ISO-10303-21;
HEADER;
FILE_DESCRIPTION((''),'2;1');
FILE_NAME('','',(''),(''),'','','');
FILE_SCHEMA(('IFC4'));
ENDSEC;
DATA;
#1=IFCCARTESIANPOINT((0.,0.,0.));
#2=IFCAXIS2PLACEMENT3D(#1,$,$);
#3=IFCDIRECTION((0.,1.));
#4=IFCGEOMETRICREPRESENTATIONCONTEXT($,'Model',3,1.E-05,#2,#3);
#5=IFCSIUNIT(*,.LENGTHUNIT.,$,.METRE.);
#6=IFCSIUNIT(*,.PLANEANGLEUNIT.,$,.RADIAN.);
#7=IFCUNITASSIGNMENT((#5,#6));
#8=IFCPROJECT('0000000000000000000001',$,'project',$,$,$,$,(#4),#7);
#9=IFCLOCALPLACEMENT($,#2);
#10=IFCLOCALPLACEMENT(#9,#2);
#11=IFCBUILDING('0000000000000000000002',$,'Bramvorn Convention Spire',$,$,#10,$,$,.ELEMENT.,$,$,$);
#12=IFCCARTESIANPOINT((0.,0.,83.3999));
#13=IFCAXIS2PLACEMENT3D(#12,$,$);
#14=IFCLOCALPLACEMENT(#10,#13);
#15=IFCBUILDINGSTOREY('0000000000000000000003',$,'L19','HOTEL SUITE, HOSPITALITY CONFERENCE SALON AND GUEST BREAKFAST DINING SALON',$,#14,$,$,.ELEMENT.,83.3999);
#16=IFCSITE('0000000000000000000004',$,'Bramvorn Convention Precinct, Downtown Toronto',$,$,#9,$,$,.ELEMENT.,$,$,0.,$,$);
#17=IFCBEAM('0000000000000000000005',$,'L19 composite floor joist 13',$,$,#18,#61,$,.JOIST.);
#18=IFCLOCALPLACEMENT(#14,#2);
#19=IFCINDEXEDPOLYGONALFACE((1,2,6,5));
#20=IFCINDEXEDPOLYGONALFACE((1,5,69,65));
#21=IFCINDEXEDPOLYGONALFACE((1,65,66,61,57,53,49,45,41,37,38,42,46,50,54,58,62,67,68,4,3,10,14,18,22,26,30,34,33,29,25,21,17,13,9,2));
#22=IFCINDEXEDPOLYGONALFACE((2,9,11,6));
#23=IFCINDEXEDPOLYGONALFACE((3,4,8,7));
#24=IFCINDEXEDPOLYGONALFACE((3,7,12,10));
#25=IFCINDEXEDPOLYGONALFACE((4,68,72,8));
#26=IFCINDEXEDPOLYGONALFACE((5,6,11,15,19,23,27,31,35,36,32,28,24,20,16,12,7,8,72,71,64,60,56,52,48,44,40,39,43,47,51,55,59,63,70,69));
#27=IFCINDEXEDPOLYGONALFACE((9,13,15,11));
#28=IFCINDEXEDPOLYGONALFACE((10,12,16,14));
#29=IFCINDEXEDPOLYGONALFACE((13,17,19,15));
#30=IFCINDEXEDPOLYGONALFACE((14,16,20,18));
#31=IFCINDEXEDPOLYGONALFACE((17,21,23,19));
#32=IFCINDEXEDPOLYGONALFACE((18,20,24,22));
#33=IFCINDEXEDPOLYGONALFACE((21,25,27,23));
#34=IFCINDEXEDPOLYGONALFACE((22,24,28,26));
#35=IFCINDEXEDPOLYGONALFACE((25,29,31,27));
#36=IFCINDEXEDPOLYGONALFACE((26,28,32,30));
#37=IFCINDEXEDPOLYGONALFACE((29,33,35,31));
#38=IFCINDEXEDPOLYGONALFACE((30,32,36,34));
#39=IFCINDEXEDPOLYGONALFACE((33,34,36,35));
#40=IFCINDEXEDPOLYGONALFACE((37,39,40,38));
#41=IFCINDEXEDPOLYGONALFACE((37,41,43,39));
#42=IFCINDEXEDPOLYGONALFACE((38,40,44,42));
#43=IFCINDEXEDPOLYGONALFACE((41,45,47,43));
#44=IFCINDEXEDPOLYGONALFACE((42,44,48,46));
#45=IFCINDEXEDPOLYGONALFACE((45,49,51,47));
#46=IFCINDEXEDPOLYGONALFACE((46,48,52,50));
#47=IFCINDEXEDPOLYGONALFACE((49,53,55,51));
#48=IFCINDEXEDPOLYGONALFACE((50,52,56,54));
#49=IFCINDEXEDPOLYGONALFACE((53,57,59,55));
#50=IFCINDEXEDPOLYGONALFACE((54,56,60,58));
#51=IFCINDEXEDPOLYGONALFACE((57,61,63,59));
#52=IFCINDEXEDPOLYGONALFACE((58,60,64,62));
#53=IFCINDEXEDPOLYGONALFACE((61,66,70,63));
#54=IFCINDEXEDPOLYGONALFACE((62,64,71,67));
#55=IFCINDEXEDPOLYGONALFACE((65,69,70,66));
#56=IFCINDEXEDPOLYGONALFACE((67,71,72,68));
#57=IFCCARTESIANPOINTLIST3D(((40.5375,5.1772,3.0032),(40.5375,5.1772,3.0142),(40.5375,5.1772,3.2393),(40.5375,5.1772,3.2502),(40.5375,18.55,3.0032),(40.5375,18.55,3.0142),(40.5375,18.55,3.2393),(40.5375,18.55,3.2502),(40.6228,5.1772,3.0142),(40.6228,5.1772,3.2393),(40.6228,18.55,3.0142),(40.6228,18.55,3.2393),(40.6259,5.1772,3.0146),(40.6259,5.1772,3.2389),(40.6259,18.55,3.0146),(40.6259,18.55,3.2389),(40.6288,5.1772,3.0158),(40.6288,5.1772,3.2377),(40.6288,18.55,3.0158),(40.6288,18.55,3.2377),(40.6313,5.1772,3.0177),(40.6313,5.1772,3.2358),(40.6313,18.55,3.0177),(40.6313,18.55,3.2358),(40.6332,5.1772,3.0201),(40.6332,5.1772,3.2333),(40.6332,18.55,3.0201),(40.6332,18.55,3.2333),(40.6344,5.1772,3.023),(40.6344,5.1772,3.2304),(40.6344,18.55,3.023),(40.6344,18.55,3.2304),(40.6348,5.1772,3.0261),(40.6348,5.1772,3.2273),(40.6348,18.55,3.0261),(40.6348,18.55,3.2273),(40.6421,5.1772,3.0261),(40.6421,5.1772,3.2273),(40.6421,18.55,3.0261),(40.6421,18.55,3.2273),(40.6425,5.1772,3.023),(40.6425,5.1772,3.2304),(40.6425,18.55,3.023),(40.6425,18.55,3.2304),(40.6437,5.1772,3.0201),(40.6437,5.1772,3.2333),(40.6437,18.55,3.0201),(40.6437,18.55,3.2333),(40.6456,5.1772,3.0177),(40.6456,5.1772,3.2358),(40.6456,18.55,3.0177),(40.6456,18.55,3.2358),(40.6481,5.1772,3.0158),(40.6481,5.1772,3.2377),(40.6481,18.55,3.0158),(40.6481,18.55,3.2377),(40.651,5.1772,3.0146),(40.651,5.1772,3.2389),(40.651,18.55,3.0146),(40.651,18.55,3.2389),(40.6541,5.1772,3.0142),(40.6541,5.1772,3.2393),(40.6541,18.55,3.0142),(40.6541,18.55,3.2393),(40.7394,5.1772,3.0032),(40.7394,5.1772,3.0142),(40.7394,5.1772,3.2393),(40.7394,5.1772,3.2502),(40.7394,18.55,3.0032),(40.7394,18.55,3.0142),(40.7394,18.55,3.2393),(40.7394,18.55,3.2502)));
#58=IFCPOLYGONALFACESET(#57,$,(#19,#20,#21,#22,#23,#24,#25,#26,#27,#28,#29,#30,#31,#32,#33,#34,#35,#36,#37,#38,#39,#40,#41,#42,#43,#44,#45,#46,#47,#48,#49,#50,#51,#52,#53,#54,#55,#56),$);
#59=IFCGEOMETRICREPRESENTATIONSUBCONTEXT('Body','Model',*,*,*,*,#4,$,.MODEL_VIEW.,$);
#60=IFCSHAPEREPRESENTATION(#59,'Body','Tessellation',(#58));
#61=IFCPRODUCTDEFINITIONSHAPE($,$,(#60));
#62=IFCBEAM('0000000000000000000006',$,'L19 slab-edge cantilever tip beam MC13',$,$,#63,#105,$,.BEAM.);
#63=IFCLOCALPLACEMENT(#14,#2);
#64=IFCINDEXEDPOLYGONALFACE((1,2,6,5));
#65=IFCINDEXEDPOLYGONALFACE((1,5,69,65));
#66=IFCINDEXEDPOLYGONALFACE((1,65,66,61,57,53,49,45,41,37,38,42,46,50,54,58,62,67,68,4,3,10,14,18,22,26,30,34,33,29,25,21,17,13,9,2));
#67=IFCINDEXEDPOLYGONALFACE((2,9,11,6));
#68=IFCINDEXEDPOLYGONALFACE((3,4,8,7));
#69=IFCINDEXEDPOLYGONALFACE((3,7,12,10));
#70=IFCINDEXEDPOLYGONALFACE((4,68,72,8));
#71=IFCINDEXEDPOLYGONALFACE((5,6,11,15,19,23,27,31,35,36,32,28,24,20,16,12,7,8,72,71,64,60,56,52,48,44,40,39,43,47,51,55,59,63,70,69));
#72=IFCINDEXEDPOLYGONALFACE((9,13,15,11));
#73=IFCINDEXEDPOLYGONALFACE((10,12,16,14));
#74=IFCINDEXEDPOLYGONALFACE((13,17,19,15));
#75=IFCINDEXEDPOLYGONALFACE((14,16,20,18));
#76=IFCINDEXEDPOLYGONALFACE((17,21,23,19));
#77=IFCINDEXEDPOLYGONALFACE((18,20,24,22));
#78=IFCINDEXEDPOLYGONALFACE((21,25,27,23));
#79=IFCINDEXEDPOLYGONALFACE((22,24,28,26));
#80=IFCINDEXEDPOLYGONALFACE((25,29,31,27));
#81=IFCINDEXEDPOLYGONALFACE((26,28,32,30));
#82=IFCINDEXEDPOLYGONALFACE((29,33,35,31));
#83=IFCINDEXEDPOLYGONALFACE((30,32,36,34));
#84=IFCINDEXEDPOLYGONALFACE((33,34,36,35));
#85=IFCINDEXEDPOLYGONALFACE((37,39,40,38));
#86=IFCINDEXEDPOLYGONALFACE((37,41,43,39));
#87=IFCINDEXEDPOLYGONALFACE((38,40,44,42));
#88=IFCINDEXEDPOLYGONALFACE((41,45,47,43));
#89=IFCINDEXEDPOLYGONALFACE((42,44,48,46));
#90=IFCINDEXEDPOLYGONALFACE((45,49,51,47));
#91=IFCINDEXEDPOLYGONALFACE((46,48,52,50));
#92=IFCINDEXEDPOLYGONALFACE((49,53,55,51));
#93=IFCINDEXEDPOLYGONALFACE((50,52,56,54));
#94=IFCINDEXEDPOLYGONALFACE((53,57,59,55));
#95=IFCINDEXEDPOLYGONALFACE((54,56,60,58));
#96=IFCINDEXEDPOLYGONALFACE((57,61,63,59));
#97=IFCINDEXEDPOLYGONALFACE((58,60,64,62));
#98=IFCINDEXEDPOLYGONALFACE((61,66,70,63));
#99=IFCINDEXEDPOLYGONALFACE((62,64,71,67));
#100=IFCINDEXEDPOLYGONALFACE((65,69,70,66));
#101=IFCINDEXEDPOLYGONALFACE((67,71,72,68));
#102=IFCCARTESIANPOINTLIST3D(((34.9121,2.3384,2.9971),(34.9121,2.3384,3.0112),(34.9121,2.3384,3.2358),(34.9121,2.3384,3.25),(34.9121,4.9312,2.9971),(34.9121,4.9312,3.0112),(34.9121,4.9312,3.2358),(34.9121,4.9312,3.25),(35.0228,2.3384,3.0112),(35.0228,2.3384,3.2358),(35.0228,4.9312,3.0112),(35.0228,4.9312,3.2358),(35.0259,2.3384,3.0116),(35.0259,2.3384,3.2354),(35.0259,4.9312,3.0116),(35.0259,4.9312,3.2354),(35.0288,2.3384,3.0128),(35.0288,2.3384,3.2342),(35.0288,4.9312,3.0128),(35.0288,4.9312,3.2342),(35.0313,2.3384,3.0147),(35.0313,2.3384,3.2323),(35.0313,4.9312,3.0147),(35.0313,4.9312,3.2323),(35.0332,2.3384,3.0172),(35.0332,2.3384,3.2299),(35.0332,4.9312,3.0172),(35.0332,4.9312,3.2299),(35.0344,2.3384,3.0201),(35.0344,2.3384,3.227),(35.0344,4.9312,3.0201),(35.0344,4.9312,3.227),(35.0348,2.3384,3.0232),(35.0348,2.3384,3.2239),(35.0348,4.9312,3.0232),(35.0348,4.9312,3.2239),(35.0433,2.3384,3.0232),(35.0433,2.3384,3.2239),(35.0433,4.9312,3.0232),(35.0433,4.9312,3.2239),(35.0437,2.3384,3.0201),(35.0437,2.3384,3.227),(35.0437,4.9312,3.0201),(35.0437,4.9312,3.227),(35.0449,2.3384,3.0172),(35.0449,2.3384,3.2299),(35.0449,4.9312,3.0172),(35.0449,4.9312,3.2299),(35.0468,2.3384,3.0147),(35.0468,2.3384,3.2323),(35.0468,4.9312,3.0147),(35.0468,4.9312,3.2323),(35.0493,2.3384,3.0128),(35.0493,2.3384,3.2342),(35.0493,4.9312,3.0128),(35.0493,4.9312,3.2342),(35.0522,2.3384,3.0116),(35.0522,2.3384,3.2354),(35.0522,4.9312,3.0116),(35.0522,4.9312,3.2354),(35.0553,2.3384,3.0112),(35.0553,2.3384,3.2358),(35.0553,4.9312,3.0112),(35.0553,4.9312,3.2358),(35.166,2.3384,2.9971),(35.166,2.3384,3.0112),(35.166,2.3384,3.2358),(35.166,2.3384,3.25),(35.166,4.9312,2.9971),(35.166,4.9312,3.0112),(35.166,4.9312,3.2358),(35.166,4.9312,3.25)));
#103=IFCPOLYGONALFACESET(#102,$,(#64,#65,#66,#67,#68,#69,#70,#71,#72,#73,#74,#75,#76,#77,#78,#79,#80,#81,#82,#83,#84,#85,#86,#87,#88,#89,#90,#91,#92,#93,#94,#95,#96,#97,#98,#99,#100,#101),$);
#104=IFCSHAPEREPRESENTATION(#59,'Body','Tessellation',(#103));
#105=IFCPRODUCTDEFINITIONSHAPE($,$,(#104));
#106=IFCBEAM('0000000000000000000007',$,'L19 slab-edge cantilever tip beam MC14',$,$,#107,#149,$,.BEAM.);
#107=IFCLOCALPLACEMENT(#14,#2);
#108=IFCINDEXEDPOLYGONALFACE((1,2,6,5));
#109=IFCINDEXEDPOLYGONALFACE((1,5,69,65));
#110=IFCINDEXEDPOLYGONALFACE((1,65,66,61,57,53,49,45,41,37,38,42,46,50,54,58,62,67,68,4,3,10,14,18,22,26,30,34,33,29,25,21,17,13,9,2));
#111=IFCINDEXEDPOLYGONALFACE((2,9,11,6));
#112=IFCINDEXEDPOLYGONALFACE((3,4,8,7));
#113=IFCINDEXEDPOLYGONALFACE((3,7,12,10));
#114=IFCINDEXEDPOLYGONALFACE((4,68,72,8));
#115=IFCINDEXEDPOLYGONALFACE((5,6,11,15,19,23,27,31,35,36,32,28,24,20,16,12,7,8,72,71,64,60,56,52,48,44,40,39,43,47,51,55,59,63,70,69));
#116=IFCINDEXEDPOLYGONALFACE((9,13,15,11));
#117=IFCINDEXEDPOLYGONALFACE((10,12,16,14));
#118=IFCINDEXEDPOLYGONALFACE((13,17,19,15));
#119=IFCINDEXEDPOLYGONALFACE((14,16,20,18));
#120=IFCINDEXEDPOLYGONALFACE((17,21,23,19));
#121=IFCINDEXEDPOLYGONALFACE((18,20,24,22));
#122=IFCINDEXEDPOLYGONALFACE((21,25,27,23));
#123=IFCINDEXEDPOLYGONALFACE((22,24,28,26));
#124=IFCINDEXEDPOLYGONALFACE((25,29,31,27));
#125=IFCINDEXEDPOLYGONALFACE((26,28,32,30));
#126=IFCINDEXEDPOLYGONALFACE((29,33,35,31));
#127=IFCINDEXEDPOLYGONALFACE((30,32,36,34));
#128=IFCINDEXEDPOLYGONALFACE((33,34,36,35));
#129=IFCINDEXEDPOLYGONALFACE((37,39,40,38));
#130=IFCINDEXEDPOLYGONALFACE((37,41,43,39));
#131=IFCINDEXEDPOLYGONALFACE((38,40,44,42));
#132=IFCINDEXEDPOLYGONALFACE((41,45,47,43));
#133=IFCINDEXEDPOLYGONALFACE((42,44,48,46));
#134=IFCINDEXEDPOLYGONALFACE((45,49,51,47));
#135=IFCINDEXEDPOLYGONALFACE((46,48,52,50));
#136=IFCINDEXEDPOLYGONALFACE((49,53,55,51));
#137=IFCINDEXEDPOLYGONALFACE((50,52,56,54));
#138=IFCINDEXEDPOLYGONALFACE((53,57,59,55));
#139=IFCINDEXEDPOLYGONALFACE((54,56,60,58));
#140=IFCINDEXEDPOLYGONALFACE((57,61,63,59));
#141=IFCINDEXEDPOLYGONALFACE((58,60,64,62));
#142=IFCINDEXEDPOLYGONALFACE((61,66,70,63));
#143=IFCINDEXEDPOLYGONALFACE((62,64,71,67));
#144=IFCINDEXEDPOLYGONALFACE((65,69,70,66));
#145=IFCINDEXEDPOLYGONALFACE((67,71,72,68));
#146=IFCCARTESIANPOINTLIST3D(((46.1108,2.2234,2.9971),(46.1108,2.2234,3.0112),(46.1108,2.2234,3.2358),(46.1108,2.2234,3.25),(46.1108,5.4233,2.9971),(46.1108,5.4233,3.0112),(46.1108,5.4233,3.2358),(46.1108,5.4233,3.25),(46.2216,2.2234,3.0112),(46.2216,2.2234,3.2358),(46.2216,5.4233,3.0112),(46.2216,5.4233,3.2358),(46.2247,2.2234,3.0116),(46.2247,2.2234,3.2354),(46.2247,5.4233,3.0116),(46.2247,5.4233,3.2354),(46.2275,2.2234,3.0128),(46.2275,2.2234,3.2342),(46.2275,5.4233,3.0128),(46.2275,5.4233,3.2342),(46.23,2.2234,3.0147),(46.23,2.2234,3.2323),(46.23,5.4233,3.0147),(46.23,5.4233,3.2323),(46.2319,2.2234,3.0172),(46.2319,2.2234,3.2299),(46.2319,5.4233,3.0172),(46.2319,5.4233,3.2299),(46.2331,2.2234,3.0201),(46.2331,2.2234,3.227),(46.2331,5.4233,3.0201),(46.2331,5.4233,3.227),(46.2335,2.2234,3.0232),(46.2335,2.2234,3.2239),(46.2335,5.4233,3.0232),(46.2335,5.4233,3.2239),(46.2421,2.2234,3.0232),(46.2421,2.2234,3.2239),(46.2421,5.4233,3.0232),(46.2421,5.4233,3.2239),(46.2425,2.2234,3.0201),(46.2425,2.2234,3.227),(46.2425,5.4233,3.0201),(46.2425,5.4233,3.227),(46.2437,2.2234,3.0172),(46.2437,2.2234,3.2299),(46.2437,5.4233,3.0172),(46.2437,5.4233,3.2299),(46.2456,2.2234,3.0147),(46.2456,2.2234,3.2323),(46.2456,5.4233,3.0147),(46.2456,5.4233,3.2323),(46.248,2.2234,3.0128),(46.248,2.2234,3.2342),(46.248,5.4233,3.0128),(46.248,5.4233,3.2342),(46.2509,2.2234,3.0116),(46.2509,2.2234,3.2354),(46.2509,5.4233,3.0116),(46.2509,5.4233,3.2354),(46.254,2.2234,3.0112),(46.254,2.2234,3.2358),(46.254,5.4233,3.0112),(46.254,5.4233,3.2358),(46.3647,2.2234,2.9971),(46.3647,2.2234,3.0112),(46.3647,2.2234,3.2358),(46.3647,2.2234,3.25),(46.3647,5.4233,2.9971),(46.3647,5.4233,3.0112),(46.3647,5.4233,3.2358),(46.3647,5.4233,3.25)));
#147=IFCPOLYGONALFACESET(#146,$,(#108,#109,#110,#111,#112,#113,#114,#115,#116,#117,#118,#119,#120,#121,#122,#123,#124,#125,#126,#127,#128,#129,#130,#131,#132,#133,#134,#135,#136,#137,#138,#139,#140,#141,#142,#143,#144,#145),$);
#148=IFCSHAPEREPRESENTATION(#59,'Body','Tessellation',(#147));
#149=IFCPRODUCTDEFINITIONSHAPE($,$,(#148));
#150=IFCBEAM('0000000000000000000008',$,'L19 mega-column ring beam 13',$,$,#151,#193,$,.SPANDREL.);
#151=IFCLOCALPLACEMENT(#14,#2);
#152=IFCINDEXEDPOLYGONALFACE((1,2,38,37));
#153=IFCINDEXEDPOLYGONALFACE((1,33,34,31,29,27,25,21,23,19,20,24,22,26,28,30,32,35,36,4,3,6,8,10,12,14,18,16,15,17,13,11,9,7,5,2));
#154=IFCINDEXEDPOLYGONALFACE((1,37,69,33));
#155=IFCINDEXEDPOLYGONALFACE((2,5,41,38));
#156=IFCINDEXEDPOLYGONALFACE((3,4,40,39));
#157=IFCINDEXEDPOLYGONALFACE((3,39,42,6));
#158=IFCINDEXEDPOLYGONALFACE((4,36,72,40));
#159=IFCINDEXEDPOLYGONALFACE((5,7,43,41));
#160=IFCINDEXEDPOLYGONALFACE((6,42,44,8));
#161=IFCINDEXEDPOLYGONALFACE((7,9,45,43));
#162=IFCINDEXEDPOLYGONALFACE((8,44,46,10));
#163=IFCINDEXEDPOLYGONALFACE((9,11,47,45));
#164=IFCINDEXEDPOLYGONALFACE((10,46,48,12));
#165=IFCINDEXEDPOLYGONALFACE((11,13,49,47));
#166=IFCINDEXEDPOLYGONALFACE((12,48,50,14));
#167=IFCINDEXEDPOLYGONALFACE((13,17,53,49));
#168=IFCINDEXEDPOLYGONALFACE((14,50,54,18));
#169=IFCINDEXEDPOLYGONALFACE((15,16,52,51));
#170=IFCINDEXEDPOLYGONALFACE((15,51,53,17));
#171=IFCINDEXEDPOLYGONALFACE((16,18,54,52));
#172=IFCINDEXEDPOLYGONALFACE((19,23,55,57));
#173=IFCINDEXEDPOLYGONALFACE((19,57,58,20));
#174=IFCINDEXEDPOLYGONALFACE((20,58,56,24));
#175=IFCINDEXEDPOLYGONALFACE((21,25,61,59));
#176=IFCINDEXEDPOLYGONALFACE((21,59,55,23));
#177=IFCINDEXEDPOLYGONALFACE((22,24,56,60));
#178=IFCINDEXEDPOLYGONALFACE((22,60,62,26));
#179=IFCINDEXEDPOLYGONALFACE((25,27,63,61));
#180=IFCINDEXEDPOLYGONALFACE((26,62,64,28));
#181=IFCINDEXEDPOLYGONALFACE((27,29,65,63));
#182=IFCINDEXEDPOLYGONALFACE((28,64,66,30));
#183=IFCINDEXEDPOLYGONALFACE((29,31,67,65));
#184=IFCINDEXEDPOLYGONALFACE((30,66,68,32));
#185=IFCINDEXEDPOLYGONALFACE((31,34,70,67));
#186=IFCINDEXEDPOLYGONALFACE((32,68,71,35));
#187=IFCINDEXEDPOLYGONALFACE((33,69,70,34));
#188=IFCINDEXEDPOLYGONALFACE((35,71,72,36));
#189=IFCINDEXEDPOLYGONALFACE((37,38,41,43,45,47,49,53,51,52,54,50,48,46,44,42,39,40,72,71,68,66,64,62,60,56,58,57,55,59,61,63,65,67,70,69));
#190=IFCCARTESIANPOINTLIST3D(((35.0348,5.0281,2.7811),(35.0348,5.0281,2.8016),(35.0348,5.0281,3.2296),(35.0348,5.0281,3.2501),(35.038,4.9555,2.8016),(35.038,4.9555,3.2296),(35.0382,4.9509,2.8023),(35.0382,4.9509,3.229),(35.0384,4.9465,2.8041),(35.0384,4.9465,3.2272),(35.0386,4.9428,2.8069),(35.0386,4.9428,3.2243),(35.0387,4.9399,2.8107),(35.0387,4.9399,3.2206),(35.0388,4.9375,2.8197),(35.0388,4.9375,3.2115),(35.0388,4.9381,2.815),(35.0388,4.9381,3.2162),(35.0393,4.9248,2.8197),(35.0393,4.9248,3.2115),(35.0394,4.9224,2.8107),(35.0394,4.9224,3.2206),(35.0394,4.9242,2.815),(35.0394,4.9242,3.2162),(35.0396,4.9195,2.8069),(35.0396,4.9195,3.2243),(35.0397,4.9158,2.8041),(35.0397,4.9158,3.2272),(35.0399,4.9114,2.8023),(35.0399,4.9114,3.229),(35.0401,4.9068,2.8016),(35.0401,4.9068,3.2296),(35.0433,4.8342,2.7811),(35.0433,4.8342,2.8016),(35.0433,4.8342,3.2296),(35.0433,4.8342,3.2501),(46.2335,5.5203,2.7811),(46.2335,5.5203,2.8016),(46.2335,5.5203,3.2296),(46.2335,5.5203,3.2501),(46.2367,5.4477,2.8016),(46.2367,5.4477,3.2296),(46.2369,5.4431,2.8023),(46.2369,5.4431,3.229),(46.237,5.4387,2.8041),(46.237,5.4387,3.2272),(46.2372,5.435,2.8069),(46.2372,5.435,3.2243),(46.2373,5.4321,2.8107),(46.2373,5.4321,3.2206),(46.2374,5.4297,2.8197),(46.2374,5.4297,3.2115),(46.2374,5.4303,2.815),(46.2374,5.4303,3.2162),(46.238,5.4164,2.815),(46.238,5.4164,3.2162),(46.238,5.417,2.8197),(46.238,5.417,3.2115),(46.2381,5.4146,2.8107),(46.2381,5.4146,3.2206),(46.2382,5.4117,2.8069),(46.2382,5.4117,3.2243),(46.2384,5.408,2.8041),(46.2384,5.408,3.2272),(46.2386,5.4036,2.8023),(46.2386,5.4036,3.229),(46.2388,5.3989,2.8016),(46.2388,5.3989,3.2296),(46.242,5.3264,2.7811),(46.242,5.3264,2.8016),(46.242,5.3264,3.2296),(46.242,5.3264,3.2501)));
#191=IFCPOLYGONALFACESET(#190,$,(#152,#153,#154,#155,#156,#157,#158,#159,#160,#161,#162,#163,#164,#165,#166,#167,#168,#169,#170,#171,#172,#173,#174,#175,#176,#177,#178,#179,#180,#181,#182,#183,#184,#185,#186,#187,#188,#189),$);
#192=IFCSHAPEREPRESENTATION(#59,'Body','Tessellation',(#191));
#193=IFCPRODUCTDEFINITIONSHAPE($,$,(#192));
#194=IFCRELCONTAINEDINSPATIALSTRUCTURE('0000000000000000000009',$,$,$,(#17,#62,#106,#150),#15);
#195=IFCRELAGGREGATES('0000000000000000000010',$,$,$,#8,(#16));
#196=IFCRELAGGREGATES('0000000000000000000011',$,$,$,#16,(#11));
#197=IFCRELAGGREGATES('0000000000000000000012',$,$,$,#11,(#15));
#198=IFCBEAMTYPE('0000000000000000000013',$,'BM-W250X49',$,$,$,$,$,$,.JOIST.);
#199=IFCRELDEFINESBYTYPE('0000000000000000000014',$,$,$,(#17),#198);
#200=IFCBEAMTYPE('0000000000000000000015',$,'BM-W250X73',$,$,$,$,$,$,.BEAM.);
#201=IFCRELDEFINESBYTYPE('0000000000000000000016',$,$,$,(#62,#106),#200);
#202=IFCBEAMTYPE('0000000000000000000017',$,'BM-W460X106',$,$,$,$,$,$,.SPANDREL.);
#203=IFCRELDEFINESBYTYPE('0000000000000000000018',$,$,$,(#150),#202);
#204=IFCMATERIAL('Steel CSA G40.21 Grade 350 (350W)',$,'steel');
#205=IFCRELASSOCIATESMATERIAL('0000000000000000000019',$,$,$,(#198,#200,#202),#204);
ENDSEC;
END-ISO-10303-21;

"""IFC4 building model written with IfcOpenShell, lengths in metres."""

from ifc_helpers import new_model, si_unit, direction, frame, origin, origin_2d, place, context, subcontext, project, spatial, i_section, extrude, material, material_profile, profile_set, type_object, element, save


model = new_model("IFC4")

# Units and contexts
model_context = context("Model", 3, precision=1e-05, world=origin(), true_north=direction((0.0, 1.0)))
body_context = subcontext(model_context, "Body", "Model", "MODEL_VIEW")
ifc_project = project(units=[si_unit("LENGTHUNIT", "METRE"), si_unit("PLANEANGLEUNIT", "RADIAN")], contexts=[model_context])

# Site, building, storey
site_placement = place(None, origin())
site = spatial("IfcSite", under=ifc_project, at=site_placement, Name="Bramvorn Convention Precinct, Downtown Toronto", CompositionType="ELEMENT", RefElevation=0.0)
building_placement = place(site_placement, origin())
building = spatial("IfcBuilding", under=site, at=building_placement, Name="Bramvorn Convention Spire", CompositionType="ELEMENT")
storey_placement = place(building_placement, frame((0.0, 0.0, 83.3999)))
storey = spatial("IfcBuildingStorey", under=building, at=storey_placement, Name="L19", Description="HOTEL SUITE, HOSPITALITY CONFERENCE SALON AND GUEST BREAKFAST DINING SALON", CompositionType="ELEMENT", Elevation=83.3999)

# Shared definitions
ifc_material_1 = material(Name="Steel CSA G40.21 Grade 350 (350W)", Category="steel")

# Beams
ifc_material_profile_1 = material_profile(ifc_material_1, i_section(OverallWidth=0.2019, OverallDepth=0.2471, WebThickness=0.0073, FlangeThickness=0.011, FilletRadius=0.012, at=origin_2d()))
ifc_profile_set_1 = profile_set([ifc_material_profile_1], Name="Steel CSA G40.21 Grade 350 (350W) - W250X49")
beam_type_1 = type_object("IfcBeamType", Name="BM-W250X49", PredefinedType="JOIST", material=ifc_profile_set_1)
beam_1_placement = place(storey_placement, frame((40.6384, 18.55, 3.1267), z_axis=(0.0, -1.0, 0.0), x_axis=(1.0, 0.0, 0.0)))
element("IfcBeam", 1, at=beam_1_placement, inside=storey, type_object=beam_type_1, Name="L19 composite floor joist 13", PredefinedType="JOIST", context=body_context, shape_type="SweptSolid", body=[
    extrude(i_section(OverallWidth=0.2019, OverallDepth=0.2471, WebThickness=0.0073, FlangeThickness=0.011, FilletRadius=0.012, at=origin_2d()), origin(), (0.0, 0.0, 1.0), 13.3728),
])
ifc_material_profile_2 = material_profile(ifc_material_1, i_section(OverallWidth=0.2539, OverallDepth=0.2529, WebThickness=0.0085, FlangeThickness=0.0142, FilletRadius=0.012, at=origin_2d()))
ifc_profile_set_2 = profile_set([ifc_material_profile_2], Name="Steel CSA G40.21 Grade 350 (350W) - W250X73")
beam_type_2 = type_object("IfcBeamType", Name="BM-W250X73", PredefinedType="BEAM", material=ifc_profile_set_2)
beam_2_placement = place(storey_placement, frame((35.0391, 4.9312, 3.1235), z_axis=(0.0, -1.0, 0.0), x_axis=(1.0, 0.0, 0.0)))
element("IfcBeam", 2, at=beam_2_placement, inside=storey, type_object=beam_type_2, Name="L19 slab-edge cantilever tip beam MC13", PredefinedType="BEAM", context=body_context, shape_type="SweptSolid", body=[
    extrude(i_section(OverallWidth=0.2539, OverallDepth=0.2529, WebThickness=0.0085, FlangeThickness=0.0142, FilletRadius=0.012, at=origin_2d()), origin(), (0.0, 0.0, 1.0), 2.5928),
])
beam_3_placement = place(storey_placement, frame((46.2378, 5.4233, 3.1235), z_axis=(0.0, -1.0, 0.0), x_axis=(1.0, 0.0, 0.0)))
element("IfcBeam", 3, at=beam_3_placement, inside=storey, type_object=beam_type_2, Name="L19 slab-edge cantilever tip beam MC14", PredefinedType="BEAM", context=body_context, shape_type="SweptSolid", body=[
    extrude(i_section(OverallWidth=0.2539, OverallDepth=0.2529, WebThickness=0.0085, FlangeThickness=0.0142, FilletRadius=0.012, at=origin_2d()), origin(), (0.0, 0.0, 1.0), 3.2),
])
ifc_material_profile_3 = material_profile(ifc_material_1, i_section(OverallWidth=0.1941, OverallDepth=0.469, WebThickness=0.0127, FlangeThickness=0.0205, FilletRadius=0.0181, at=origin_2d()))
ifc_profile_set_3 = profile_set([ifc_material_profile_3], Name="Steel CSA G40.21 Grade 350 (350W) - W460X106")
beam_type_3 = type_object("IfcBeamType", Name="BM-W460X106", PredefinedType="SPANDREL", material=ifc_profile_set_3)
beam_4_placement = place(storey_placement, frame((35.0391, 4.9312, 3.0156), z_axis=(0.999036, 0.043908, 0.0), x_axis=(-0.043908, 0.999036, 0.0)))
element("IfcBeam", 4, at=beam_4_placement, inside=storey, type_object=beam_type_3, Name="L19 mega-column ring beam 13", PredefinedType="SPANDREL", context=body_context, shape_type="SweptSolid", body=[
    extrude(i_section(OverallWidth=0.1941, OverallDepth=0.469, WebThickness=0.0127, FlangeThickness=0.0205, FilletRadius=0.0181, at=origin_2d()), origin(), (0.0, 0.0, 1.0), 11.2095),
])

save(model, "model.ifc")
